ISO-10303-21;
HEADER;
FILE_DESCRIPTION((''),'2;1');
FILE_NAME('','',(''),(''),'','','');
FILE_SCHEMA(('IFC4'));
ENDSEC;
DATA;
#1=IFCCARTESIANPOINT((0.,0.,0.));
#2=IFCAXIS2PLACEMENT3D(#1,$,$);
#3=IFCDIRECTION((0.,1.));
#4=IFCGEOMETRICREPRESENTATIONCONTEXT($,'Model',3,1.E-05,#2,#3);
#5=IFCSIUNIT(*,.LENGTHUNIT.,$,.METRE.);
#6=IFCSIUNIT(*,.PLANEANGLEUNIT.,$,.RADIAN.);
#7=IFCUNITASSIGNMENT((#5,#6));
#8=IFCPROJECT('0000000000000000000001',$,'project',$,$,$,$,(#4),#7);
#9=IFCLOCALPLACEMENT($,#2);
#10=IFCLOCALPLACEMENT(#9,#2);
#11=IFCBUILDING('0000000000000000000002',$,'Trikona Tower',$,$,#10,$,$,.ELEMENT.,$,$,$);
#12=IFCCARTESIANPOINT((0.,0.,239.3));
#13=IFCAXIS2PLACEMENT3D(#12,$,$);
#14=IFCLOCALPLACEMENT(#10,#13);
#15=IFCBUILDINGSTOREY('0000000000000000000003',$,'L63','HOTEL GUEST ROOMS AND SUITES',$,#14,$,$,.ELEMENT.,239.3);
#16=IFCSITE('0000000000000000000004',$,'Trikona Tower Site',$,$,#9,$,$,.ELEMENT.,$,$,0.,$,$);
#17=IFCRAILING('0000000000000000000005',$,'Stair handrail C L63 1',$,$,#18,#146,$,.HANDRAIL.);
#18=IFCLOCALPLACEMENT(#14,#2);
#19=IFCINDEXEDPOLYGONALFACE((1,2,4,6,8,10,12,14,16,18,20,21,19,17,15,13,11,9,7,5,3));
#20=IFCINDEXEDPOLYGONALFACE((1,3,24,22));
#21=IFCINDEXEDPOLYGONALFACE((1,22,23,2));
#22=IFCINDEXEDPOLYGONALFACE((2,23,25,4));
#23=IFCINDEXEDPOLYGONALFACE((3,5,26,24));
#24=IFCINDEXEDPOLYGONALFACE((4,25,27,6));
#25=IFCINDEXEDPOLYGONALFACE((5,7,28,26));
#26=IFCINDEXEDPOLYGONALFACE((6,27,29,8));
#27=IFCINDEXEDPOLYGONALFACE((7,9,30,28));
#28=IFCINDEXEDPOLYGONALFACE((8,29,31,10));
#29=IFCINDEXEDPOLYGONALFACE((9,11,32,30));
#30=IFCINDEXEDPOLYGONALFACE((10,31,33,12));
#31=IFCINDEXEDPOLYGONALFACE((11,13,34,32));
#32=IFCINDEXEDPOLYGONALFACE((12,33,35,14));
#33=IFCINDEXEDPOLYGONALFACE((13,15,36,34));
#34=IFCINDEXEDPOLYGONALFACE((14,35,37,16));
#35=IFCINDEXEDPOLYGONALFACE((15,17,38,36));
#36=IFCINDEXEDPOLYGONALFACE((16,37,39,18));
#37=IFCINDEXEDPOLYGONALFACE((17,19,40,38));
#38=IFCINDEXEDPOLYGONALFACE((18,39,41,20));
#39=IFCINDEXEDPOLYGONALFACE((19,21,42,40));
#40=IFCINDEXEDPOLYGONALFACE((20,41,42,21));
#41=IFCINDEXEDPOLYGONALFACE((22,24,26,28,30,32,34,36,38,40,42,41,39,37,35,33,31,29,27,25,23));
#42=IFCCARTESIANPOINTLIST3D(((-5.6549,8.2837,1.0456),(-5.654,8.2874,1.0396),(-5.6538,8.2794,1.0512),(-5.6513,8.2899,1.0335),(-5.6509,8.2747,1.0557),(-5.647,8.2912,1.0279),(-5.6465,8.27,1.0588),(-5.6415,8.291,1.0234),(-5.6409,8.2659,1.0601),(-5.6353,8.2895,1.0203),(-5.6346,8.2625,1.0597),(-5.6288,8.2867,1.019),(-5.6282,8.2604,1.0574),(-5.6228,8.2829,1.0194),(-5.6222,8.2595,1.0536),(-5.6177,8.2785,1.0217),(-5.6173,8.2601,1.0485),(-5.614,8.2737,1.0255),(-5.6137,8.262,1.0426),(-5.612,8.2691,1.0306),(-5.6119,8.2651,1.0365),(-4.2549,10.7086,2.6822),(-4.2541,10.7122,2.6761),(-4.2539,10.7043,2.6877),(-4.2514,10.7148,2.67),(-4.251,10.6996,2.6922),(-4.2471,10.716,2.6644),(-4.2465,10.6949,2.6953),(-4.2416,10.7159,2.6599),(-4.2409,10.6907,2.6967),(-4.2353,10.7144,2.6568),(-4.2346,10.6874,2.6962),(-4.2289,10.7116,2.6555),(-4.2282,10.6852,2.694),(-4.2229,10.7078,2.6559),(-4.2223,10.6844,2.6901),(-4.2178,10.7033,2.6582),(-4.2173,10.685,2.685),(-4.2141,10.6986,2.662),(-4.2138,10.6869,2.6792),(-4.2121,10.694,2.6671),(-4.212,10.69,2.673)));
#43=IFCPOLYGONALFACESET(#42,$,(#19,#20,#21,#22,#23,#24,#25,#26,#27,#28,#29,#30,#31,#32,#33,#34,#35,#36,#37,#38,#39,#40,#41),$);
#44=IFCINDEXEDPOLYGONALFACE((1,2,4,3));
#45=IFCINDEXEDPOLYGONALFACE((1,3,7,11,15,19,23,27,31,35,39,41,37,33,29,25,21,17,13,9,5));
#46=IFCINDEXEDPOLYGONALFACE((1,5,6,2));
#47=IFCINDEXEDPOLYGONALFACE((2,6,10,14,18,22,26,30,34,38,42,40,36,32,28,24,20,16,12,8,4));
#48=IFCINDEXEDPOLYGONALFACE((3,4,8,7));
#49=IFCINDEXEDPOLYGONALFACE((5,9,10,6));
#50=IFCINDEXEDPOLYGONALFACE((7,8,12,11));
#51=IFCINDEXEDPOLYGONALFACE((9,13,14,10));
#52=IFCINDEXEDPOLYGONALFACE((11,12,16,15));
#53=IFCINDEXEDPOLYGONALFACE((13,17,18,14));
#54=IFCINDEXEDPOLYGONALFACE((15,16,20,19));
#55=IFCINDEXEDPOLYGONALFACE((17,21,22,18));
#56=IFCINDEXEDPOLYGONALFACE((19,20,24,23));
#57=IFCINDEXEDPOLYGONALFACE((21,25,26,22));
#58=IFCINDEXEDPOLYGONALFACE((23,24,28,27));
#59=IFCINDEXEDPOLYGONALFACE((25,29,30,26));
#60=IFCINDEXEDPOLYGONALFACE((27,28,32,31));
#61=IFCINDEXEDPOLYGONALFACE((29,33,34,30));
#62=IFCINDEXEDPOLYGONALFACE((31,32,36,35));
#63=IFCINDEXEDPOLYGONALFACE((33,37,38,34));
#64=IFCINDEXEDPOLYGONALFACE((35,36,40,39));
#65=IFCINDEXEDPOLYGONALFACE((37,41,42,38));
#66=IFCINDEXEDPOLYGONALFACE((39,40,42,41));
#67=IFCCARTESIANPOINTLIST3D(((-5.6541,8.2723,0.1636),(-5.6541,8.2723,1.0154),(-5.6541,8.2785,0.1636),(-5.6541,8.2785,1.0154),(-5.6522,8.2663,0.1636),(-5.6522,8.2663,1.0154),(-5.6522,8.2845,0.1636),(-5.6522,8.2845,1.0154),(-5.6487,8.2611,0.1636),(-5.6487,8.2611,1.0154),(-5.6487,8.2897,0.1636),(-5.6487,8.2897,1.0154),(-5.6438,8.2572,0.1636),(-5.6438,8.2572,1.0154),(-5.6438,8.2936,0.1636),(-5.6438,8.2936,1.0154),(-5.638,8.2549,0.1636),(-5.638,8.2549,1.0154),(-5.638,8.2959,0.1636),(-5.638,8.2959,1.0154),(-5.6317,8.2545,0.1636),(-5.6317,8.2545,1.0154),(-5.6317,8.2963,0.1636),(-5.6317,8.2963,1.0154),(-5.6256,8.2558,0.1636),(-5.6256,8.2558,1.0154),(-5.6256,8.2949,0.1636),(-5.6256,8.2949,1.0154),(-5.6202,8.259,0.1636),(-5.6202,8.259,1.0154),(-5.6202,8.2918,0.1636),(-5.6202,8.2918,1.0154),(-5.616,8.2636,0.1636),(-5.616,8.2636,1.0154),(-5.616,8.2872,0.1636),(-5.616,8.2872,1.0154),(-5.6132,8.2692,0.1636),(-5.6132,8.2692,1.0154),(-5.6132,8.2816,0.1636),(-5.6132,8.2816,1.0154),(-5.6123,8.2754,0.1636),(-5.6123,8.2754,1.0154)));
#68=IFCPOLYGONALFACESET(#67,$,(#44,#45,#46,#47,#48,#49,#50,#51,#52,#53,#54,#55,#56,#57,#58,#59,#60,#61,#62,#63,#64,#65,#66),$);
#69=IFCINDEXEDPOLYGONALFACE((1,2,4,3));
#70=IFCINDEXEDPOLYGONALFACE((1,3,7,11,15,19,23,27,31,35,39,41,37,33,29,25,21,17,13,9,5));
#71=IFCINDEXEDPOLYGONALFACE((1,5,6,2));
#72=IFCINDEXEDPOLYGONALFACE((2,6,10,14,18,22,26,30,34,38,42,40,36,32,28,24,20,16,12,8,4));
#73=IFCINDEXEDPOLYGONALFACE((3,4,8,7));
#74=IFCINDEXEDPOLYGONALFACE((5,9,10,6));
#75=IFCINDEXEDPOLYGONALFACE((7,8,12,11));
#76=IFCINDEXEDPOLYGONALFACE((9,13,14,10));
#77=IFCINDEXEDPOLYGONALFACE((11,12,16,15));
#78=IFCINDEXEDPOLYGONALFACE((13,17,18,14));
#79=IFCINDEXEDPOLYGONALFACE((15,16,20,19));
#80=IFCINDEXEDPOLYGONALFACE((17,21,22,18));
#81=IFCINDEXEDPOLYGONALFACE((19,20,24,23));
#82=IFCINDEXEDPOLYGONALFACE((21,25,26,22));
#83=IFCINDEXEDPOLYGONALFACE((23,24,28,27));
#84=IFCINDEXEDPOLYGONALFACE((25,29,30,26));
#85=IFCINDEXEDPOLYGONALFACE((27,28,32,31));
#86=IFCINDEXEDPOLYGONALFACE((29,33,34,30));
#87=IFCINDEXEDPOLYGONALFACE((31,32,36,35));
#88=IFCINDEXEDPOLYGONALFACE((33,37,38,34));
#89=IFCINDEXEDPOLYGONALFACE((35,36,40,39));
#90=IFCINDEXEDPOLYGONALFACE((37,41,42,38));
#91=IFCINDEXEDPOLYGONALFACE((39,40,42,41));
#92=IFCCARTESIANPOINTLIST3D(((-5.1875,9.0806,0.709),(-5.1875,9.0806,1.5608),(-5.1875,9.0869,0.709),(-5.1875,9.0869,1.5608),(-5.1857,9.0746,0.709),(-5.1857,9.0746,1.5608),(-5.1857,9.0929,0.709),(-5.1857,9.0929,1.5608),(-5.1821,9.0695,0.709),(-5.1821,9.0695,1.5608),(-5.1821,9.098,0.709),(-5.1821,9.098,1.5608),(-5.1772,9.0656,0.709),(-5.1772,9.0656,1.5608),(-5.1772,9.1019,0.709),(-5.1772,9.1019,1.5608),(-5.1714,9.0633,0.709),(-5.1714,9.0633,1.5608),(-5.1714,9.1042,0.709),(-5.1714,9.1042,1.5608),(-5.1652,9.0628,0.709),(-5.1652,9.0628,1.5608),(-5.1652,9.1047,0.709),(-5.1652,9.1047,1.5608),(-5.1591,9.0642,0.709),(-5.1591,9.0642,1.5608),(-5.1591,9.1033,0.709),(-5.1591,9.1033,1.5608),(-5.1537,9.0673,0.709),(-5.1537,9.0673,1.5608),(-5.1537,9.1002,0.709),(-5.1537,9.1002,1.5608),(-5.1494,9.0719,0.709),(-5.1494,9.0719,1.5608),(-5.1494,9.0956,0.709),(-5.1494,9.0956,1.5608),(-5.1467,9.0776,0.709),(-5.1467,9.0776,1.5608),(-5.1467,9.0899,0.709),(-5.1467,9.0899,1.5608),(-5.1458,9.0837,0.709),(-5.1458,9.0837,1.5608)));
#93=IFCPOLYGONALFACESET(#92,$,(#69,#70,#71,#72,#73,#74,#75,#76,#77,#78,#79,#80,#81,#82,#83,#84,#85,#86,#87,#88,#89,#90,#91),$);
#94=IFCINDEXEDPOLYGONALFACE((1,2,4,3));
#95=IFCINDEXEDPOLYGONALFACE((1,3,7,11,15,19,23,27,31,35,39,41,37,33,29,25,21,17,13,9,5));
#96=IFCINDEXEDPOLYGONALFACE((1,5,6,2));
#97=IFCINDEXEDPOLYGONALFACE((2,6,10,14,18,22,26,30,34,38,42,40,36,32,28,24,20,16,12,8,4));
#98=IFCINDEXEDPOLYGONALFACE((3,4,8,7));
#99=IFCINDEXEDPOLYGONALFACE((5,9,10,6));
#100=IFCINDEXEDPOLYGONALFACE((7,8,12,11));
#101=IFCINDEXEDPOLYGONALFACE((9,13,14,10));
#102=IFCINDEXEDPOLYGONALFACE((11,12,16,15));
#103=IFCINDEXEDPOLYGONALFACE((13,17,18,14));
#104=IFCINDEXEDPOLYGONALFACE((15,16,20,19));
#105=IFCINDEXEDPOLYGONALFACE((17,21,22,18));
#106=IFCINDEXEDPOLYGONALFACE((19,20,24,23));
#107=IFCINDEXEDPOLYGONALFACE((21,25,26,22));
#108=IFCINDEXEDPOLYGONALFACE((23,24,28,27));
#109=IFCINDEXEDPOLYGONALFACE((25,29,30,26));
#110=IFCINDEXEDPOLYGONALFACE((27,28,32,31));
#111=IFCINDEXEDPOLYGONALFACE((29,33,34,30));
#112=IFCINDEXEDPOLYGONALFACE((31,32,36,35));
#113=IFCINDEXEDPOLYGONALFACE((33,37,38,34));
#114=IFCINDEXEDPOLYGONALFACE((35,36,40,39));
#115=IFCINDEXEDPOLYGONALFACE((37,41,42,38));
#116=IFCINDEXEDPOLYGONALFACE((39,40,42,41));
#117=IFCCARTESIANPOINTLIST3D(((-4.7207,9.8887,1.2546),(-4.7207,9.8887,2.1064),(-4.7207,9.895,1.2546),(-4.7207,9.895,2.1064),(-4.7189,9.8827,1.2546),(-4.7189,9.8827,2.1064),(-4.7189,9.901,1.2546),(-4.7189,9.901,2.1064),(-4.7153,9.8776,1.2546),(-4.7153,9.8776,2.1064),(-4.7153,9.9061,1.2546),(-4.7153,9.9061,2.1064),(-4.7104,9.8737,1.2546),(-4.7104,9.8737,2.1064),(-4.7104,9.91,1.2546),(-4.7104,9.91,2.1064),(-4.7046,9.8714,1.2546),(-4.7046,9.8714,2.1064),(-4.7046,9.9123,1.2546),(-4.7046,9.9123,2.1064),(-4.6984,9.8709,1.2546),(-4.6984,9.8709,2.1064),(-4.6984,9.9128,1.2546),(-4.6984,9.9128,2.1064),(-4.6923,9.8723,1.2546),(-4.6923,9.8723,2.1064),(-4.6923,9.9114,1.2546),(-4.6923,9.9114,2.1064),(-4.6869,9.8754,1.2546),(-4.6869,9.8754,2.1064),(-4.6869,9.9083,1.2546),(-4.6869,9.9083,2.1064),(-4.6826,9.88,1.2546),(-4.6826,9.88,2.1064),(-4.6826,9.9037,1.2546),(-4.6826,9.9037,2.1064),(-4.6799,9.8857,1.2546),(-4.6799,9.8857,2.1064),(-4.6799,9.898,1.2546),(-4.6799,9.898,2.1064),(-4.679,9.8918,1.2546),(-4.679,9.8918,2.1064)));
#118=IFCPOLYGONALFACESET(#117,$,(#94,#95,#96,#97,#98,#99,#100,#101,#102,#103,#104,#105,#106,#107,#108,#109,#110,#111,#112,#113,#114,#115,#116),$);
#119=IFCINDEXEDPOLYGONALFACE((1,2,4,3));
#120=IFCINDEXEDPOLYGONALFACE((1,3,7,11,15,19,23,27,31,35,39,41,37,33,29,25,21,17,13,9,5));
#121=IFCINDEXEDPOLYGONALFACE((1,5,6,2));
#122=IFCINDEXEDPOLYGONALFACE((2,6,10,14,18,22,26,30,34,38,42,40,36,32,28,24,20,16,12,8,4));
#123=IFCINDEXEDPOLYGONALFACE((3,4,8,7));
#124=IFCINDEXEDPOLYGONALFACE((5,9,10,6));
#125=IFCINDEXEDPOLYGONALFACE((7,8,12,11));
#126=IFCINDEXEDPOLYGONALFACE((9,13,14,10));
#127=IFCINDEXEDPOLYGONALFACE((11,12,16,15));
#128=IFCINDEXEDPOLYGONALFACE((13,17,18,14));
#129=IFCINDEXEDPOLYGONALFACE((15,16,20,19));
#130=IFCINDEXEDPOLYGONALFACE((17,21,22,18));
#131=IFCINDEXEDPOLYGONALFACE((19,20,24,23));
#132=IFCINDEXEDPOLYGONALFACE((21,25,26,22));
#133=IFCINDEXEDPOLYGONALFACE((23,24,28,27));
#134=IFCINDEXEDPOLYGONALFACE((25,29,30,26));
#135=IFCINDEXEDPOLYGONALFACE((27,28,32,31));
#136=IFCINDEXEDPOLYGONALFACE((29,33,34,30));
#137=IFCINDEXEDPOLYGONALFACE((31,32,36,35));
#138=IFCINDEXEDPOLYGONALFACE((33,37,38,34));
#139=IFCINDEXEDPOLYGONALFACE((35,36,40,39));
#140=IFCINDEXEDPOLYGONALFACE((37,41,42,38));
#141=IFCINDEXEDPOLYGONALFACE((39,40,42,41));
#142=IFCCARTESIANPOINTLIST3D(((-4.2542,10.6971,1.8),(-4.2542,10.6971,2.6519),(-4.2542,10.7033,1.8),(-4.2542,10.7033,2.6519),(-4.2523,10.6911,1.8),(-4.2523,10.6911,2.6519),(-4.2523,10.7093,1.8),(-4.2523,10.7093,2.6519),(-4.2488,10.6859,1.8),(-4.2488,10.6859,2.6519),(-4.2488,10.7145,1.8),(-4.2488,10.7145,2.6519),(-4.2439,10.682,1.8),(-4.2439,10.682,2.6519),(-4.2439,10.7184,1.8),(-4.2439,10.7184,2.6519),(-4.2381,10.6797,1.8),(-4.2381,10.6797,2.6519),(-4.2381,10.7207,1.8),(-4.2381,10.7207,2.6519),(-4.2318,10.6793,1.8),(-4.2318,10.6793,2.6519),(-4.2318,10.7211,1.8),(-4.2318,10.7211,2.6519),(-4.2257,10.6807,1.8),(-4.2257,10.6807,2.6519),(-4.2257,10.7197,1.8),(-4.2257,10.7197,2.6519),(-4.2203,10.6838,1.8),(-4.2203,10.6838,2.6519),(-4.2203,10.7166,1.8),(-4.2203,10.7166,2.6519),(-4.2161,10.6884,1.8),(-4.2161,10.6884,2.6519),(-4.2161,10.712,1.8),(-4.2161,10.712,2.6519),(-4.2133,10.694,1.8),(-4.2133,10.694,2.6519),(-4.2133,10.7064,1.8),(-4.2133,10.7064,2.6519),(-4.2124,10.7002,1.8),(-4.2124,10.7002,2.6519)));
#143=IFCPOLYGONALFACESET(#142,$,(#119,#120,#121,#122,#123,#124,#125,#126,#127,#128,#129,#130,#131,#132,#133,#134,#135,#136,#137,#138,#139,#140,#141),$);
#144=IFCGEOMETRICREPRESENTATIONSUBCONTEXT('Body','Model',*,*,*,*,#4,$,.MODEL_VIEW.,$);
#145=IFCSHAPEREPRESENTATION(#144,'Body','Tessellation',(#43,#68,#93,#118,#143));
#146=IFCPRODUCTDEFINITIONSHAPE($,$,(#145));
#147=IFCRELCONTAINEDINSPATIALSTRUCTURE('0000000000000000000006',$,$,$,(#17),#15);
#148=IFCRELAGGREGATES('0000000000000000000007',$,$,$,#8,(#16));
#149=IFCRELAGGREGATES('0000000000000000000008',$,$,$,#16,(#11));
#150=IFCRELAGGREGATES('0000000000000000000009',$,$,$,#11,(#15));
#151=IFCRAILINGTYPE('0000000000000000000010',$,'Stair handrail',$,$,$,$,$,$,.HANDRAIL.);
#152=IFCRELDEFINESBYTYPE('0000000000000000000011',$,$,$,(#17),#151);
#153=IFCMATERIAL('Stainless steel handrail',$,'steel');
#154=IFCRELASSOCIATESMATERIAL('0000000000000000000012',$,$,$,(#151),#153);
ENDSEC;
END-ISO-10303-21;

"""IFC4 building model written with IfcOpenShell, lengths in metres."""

from ifc_helpers import new_model, si_unit, direction, frame, origin, origin_2d, place, context, subcontext, project, spatial, circle, extrude, material, type_object, element, save


model = new_model("IFC4")

# Units and contexts
model_context = context("Model", 3, precision=1e-05, world=origin(), true_north=direction((0.0, 1.0)))
body_context = subcontext(model_context, "Body", "Model", "MODEL_VIEW")
ifc_project = project(units=[si_unit("LENGTHUNIT", "METRE"), si_unit("PLANEANGLEUNIT", "RADIAN")], contexts=[model_context])

# Site, building, storey
site_placement = place(None, origin())
site = spatial("IfcSite", under=ifc_project, at=site_placement, Name="Trikona Tower Site", CompositionType="ELEMENT", RefElevation=0.0)
building_placement = place(site_placement, origin())
building = spatial("IfcBuilding", under=site, at=building_placement, Name="Trikona Tower", CompositionType="ELEMENT")
storey_placement = place(building_placement, frame((0.0, 0.0, 239.3)))
storey = spatial("IfcBuildingStorey", under=building, at=storey_placement, Name="L63", Description="HOTEL GUEST ROOMS AND SUITES", CompositionType="ELEMENT", Elevation=239.3)

# Railing
ifc_material_1 = material(Name="Stainless steel handrail", Category="steel")
railing_type = type_object("IfcRailingType", Name="Stair handrail", PredefinedType="HANDRAIL", material=ifc_material_1)
railing_1_placement = place(storey_placement, frame((-5.6333, 8.2754, 0.1636)))
element("IfcRailing", 1, at=railing_1_placement, inside=storey, type_object=railing_type, Name="Stair handrail C L63 1", PredefinedType="HANDRAIL", context=body_context, shape_type="SweptSolid", body=[
    extrude(circle(Radius=0.0239, at=origin_2d()), frame((0.0, 0.0, 0.876), z_axis=(0.431661, 0.74769, 0.504608), x_axis=(-0.866035, 0.499984, 0.0)), (0.0, 0.0, 1.0), 3.2432),
    extrude(circle(Radius=0.021, at=origin_2d()), origin(), (0.0, 0.0, 1.0), 0.8518),
    extrude(circle(Radius=0.021, at=origin_2d()), frame((0.4666, 0.8083, 0.5454)), (0.0, 0.0, 1.0), 0.8518),
    extrude(circle(Radius=0.021, at=origin_2d()), frame((0.9333, 1.6165, 1.0911)), (0.0, 0.0, 1.0), 0.8518),
    extrude(circle(Radius=0.021, at=origin_2d()), frame((1.3999, 2.4248, 1.6365)), (0.0, 0.0, 1.0), 0.8518),
])

save(model, "model.ifc")
